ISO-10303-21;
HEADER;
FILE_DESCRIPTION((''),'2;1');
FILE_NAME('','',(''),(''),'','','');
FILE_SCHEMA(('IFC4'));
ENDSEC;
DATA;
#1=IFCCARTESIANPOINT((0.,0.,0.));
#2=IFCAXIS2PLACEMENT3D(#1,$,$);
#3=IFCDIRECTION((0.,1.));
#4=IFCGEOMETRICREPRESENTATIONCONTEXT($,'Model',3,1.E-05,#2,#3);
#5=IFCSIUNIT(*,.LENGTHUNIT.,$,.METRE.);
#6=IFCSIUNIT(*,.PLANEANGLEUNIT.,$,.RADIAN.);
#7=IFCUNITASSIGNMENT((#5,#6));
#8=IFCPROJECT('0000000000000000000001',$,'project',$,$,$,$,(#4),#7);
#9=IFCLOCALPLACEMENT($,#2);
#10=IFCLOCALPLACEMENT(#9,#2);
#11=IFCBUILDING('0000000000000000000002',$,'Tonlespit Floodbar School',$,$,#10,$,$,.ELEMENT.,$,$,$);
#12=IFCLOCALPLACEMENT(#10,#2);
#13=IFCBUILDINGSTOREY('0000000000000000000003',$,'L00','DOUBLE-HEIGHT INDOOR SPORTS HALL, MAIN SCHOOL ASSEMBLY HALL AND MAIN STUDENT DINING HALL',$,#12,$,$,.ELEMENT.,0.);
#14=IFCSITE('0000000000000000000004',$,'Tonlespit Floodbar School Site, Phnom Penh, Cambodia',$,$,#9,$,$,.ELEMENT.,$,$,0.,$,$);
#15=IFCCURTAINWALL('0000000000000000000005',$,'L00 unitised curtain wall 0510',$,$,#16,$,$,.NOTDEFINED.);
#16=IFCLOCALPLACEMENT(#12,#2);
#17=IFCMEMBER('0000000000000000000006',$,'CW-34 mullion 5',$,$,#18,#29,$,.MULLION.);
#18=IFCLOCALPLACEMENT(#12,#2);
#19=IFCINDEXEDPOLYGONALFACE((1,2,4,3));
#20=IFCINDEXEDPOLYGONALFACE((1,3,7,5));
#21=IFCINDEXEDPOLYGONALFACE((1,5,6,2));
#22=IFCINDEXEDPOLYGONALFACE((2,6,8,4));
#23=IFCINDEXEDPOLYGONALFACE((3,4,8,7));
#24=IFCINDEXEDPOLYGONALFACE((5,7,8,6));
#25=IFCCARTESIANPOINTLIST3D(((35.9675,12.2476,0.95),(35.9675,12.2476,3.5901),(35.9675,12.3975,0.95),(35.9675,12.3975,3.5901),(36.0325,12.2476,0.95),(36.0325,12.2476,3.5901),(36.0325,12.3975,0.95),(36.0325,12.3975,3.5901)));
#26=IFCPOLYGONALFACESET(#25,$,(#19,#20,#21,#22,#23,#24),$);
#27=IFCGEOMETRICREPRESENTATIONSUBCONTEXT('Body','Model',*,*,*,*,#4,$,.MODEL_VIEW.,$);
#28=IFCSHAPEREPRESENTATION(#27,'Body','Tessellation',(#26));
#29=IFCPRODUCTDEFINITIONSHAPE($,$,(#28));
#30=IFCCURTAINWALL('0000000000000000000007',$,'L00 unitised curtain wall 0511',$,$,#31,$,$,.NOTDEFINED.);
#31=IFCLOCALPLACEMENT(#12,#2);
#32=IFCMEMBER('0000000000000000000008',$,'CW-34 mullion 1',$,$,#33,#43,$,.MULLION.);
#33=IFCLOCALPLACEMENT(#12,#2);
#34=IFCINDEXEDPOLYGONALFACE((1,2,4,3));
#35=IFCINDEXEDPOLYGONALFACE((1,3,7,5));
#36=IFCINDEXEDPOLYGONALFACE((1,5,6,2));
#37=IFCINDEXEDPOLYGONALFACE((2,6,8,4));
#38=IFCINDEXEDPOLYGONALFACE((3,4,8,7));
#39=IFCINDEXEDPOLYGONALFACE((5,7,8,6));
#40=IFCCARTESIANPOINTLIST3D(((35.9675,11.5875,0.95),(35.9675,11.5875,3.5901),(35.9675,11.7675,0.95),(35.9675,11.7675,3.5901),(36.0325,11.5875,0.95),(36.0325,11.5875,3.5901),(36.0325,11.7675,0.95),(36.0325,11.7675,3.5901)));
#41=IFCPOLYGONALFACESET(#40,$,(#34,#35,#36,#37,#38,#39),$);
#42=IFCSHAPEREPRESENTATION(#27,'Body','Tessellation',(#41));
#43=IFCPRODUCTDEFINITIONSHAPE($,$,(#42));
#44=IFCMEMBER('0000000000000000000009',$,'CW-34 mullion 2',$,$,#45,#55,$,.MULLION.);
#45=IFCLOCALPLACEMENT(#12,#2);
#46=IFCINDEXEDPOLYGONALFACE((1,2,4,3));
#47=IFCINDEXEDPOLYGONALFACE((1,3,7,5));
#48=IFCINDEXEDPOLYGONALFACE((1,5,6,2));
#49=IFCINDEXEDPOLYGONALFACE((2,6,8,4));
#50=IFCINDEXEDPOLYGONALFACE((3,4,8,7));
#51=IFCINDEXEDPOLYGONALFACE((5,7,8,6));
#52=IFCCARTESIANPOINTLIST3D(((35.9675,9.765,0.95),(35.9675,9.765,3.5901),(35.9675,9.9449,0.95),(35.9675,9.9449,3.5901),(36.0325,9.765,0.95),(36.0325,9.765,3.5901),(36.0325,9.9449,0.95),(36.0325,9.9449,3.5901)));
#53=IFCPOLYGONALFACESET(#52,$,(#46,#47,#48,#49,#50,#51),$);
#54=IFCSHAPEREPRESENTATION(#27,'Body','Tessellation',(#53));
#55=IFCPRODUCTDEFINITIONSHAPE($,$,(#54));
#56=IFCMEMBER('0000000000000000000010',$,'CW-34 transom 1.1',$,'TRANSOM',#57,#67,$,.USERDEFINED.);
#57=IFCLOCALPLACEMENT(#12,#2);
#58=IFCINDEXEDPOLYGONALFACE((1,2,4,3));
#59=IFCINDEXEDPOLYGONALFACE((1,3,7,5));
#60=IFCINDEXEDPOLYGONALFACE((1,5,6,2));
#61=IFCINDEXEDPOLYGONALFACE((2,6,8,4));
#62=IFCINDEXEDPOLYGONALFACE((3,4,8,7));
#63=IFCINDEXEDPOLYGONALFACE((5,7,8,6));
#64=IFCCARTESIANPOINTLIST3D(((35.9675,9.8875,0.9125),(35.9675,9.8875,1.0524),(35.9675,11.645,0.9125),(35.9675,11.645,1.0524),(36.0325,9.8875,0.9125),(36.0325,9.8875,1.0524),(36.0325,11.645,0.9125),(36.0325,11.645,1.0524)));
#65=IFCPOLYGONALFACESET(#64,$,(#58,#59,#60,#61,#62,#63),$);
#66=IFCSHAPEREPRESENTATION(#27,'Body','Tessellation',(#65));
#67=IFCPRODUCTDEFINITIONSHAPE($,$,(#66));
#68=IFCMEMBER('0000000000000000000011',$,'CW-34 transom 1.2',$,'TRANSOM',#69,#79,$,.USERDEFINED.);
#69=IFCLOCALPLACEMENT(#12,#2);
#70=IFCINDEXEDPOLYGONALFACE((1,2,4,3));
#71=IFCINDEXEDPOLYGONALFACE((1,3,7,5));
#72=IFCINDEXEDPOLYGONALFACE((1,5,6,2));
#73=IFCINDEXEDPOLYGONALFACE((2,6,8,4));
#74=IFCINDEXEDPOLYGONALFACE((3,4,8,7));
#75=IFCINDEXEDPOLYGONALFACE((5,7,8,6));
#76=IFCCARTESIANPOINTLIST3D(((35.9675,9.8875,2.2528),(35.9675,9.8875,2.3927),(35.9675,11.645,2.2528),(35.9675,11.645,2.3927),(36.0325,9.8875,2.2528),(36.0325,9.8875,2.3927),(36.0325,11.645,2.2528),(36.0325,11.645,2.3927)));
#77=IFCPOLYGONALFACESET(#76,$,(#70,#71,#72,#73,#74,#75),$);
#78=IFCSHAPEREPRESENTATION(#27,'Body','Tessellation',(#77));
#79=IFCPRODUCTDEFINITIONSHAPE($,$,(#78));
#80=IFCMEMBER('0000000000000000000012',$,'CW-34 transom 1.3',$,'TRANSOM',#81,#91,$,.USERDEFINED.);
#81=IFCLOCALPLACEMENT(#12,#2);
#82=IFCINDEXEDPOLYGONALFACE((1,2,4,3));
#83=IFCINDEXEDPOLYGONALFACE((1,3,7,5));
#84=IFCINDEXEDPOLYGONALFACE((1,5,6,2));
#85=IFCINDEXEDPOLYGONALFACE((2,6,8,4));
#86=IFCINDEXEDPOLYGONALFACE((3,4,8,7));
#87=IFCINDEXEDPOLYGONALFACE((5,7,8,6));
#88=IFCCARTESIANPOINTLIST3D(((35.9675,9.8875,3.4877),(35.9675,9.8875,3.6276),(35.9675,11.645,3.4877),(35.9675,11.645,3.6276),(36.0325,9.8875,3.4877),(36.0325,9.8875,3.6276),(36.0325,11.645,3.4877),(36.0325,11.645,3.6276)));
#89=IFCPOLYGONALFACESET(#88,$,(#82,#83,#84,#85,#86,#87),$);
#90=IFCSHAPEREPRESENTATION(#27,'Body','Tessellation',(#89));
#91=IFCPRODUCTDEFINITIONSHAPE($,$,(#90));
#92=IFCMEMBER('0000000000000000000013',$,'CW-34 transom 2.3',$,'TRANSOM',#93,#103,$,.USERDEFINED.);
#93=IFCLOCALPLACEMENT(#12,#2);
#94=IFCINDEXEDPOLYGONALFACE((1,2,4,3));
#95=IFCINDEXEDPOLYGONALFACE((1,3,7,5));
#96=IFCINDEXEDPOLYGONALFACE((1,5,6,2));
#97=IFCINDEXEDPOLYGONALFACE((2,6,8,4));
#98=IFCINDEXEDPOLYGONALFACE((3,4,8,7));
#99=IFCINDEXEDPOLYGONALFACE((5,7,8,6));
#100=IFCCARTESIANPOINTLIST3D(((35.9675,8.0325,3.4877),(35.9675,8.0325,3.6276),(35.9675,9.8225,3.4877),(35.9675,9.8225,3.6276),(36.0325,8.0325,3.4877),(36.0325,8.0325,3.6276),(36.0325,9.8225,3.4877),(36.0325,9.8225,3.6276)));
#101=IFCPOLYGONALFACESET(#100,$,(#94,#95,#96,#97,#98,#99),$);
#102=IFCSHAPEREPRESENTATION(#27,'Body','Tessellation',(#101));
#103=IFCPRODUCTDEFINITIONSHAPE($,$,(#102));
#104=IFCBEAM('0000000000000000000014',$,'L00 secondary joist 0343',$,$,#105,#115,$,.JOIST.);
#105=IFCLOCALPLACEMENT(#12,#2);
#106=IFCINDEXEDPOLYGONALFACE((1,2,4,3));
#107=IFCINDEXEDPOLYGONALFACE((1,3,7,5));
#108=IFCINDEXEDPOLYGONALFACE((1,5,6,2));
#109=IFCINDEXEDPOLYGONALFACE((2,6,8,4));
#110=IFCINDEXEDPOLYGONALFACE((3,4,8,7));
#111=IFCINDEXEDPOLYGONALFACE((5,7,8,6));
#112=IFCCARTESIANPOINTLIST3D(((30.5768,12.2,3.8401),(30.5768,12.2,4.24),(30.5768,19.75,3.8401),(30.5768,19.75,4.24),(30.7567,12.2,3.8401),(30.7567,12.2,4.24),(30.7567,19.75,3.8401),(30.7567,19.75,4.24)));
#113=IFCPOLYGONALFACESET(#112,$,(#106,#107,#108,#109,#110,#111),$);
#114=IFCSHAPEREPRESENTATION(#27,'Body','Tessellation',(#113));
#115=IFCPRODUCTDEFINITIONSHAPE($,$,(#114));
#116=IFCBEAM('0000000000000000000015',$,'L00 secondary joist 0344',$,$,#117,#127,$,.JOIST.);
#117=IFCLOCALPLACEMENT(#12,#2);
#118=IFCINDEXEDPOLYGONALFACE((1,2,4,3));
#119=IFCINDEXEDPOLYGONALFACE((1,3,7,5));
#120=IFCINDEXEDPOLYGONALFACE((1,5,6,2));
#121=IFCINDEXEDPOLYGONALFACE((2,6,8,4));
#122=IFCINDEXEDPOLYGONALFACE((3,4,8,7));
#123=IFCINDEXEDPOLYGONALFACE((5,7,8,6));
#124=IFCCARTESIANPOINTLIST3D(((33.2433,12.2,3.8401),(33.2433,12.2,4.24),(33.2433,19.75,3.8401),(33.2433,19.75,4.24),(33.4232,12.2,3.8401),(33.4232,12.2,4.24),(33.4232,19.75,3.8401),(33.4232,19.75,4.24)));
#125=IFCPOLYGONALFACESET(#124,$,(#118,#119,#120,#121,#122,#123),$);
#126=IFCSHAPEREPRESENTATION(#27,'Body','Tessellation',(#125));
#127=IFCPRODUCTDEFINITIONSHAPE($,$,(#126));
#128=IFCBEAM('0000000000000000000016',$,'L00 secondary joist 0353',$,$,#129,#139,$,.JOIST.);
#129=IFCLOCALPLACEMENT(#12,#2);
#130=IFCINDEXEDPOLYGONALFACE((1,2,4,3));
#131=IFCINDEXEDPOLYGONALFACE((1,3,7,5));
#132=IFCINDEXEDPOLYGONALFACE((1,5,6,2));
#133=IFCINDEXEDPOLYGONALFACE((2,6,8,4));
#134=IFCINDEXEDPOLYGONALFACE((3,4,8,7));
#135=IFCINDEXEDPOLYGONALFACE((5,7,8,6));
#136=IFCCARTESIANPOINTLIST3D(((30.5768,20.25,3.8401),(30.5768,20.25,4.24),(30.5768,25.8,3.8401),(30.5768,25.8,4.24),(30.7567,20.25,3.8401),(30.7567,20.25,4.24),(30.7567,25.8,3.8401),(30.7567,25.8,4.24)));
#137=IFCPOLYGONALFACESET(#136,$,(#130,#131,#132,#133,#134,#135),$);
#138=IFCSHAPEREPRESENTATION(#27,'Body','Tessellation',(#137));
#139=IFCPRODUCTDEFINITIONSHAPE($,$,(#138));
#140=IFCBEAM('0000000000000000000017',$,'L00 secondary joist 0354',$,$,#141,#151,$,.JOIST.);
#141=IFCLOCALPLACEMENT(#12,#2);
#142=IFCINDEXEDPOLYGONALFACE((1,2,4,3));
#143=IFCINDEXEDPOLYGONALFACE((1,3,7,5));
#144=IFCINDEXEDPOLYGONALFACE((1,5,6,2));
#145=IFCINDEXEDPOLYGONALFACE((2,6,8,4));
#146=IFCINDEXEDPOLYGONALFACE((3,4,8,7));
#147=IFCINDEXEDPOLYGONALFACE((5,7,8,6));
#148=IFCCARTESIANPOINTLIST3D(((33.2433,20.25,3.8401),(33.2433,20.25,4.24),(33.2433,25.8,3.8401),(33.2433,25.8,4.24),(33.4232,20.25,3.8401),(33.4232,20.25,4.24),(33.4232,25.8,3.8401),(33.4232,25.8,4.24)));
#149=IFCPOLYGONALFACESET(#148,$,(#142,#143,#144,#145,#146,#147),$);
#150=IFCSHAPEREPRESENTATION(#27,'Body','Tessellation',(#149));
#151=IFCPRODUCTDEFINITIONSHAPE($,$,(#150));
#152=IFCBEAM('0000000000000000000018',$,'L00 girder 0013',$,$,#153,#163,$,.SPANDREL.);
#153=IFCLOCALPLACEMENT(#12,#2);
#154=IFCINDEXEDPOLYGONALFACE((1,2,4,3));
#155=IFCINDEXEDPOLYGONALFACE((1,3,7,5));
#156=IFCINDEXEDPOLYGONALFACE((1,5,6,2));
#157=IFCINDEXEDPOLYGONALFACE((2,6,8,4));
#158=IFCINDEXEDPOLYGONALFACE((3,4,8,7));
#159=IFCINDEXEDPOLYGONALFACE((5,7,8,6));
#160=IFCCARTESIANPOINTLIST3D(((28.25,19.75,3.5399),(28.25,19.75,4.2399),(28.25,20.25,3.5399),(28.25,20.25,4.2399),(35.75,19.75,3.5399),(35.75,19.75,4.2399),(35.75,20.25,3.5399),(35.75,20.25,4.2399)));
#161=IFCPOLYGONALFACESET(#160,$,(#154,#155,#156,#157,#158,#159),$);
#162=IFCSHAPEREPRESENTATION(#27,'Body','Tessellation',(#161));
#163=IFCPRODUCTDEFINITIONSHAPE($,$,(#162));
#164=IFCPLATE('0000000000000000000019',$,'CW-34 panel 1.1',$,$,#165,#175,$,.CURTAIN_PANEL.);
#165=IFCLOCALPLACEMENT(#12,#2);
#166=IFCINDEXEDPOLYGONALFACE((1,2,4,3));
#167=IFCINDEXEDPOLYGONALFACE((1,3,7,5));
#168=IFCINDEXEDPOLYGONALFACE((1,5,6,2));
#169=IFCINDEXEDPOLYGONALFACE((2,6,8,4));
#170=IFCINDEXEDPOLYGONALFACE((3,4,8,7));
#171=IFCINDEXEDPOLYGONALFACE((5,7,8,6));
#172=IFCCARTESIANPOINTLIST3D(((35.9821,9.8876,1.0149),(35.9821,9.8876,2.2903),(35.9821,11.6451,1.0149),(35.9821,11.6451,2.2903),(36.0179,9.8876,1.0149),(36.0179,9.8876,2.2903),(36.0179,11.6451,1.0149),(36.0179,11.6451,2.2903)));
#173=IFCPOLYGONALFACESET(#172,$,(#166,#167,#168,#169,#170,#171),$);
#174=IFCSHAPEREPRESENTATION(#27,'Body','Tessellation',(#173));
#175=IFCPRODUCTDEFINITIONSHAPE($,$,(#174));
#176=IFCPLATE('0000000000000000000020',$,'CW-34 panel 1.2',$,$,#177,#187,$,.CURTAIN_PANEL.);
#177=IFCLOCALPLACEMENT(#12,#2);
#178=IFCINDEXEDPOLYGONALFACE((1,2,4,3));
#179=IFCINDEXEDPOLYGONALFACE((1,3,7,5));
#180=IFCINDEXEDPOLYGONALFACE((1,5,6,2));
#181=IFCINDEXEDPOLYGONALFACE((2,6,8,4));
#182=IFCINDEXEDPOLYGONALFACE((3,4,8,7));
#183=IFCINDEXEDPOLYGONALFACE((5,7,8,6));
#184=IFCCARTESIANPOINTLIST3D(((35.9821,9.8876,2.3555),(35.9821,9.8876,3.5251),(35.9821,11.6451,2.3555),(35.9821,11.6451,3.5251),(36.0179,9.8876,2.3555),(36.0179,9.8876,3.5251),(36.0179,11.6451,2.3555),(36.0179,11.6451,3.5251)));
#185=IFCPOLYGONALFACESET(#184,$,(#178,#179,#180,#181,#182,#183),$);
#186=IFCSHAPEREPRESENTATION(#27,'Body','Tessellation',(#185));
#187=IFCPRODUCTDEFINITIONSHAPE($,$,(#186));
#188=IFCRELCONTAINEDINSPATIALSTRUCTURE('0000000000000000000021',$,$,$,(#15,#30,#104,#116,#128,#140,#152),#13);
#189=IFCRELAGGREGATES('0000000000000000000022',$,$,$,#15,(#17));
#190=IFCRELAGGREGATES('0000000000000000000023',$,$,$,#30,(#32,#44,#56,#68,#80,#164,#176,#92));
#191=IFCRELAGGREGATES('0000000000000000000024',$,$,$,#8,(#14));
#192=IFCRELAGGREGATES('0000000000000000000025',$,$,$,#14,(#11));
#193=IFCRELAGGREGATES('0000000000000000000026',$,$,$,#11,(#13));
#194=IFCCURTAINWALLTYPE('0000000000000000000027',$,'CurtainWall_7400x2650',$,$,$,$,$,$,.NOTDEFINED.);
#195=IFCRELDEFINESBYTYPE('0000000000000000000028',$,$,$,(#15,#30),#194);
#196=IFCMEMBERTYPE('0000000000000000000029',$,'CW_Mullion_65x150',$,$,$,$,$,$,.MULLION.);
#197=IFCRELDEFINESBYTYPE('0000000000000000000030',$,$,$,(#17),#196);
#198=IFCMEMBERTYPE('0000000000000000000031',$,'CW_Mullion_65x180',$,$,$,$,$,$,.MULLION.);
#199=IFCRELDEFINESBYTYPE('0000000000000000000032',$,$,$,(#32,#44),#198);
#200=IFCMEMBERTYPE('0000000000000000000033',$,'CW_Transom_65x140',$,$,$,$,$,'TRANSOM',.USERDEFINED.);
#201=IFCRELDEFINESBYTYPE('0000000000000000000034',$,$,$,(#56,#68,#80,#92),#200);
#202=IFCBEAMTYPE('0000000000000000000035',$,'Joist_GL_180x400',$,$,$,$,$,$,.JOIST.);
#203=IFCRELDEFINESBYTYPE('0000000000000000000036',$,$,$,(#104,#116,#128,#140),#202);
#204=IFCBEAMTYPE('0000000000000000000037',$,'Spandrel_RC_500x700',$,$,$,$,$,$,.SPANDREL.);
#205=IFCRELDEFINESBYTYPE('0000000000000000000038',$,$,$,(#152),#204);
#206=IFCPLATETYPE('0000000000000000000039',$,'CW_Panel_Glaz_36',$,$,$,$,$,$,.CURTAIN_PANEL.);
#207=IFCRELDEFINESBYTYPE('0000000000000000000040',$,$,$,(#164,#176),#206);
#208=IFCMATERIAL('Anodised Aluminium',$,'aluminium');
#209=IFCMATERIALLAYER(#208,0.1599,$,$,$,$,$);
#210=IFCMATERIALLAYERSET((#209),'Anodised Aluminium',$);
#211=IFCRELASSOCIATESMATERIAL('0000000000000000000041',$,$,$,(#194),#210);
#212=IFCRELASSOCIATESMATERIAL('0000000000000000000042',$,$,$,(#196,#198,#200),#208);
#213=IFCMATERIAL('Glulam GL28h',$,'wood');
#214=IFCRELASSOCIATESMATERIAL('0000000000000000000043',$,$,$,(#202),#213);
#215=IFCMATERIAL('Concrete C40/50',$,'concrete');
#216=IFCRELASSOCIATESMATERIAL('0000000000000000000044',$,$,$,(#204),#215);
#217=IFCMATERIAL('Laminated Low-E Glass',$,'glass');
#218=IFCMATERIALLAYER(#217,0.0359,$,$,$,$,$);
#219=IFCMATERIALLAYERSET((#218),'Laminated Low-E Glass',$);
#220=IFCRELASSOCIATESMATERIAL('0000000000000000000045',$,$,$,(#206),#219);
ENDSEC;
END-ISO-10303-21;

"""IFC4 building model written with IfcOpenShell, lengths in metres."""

from ifc_helpers import new_model, si_unit, direction, frame, origin, origin_2d, place, context, subcontext, project, spatial, rectangle, extrude, material, layer, layer_set, material_profile, profile_set, type_object, element, aggregate, save


model = new_model("IFC4")

# Units and contexts
model_context = context("Model", 3, precision=1e-05, world=origin(), true_north=direction((0.0, 1.0)))
body_context = subcontext(model_context, "Body", "Model", "MODEL_VIEW")
ifc_project = project(units=[si_unit("LENGTHUNIT", "METRE"), si_unit("PLANEANGLEUNIT", "RADIAN")], contexts=[model_context])

# Site, building, storey
site_placement = place(None, origin())
site = spatial("IfcSite", under=ifc_project, at=site_placement, Name="Tonlespit Floodbar School Site, Phnom Penh, Cambodia", CompositionType="ELEMENT", RefElevation=0.0)
building_placement = place(site_placement, origin())
building = spatial("IfcBuilding", under=site, at=building_placement, Name="Tonlespit Floodbar School", CompositionType="ELEMENT")
storey_placement = place(building_placement, origin())
storey = spatial("IfcBuildingStorey", under=building, at=storey_placement, Name="L00", Description="DOUBLE-HEIGHT INDOOR SPORTS HALL, MAIN SCHOOL ASSEMBLY HALL AND MAIN STUDENT DINING HALL", CompositionType="ELEMENT", Elevation=0.0)

# Shared definitions
ifc_material_1 = material(Name="Concrete C40/50", Category="concrete")

# Curtain wall, member
ifc_material_2 = material(Name="Anodised Aluminium", Category="aluminium")
ifc_layer_1 = layer(ifc_material_2, 0.1599)
ifc_layer_set_1 = layer_set([ifc_layer_1], Name="Anodised Aluminium")
curtain_wall_type = type_object("IfcCurtainWallType", Name="CurtainWall_7400x2650", PredefinedType="NOTDEFINED", material=ifc_layer_set_1)
curtain_wall_1_placement = place(storey_placement, origin())
curtain_wall_1 = element("IfcCurtainWall", 1, at=curtain_wall_1_placement, inside=storey, type_object=curtain_wall_type, Name="L00 unitised curtain wall 0510", PredefinedType="NOTDEFINED")
ifc_material_profile_1 = material_profile(ifc_material_2, rectangle(XDim=0.0649, YDim=0.1499, at=origin_2d()), Name="ALU M65x150")
ifc_profile_set_1 = profile_set([ifc_material_profile_1], Name="Anodised Aluminium")
member_type_1 = type_object("IfcMemberType", Name="CW_Mullion_65x150", PredefinedType="MULLION", material=ifc_profile_set_1)
member_1_placement = place(storey_placement, frame((36.0, 12.3225, 0.95), z_axis=(0.0, 0.0, 1.0), x_axis=(1.0, 0.0, 0.0)))
member_1 = element("IfcMember", 2, at=member_1_placement, type_object=member_type_1, Name="CW-34 mullion 5", PredefinedType="MULLION", context=body_context, shape_type="SweptSolid", body=[
    extrude(rectangle(XDim=0.0649, YDim=0.1499, at=origin_2d()), origin(), (0.0, 0.0, 1.0), 2.6401),
])
aggregate(curtain_wall_1, [member_1])

# Curtain wall, members
curtain_wall_2_placement = place(storey_placement, origin())
curtain_wall_2 = element("IfcCurtainWall", 3, at=curtain_wall_2_placement, inside=storey, type_object=curtain_wall_type, Name="L00 unitised curtain wall 0511", PredefinedType="NOTDEFINED")
ifc_material_profile_2 = material_profile(ifc_material_2, rectangle(XDim=0.0649, YDim=0.1799, at=origin_2d()), Name="ALU M65x180")
ifc_profile_set_2 = profile_set([ifc_material_profile_2], Name="Anodised Aluminium")
member_type_2 = type_object("IfcMemberType", Name="CW_Mullion_65x180", PredefinedType="MULLION", material=ifc_profile_set_2)
member_2_placement = place(storey_placement, frame((36.0, 11.6775, 0.95), z_axis=(0.0, 0.0, 1.0), x_axis=(1.0, 0.0, 0.0)))
member_2 = element("IfcMember", 4, at=member_2_placement, type_object=member_type_2, Name="CW-34 mullion 1", PredefinedType="MULLION", context=body_context, shape_type="SweptSolid", body=[
    extrude(rectangle(XDim=0.0649, YDim=0.1799, at=origin_2d()), origin(), (0.0, 0.0, 1.0), 2.6401),
])
member_3_placement = place(storey_placement, frame((36.0, 9.855, 0.95), z_axis=(0.0, 0.0, 1.0), x_axis=(1.0, 0.0, 0.0)))
member_3 = element("IfcMember", 5, at=member_3_placement, type_object=member_type_2, Name="CW-34 mullion 2", PredefinedType="MULLION", context=body_context, shape_type="SweptSolid", body=[
    extrude(rectangle(XDim=0.0649, YDim=0.1799, at=origin_2d()), origin(), (0.0, 0.0, 1.0), 2.6401),
])
ifc_material_profile_3 = material_profile(ifc_material_2, rectangle(XDim=0.0649, YDim=0.1399, at=origin_2d()), Name="ALU T65x140")
ifc_profile_set_3 = profile_set([ifc_material_profile_3], Name="Anodised Aluminium")
member_type_3 = type_object("IfcMemberType", Name="CW_Transom_65x140", ElementType="TRANSOM", PredefinedType="USERDEFINED", material=ifc_profile_set_3)
member_4_placement = place(storey_placement, frame((36.0, 11.645, 0.9824), z_axis=(0.0, -1.0, 0.0), x_axis=(1.0, 0.0, 0.0)))
member_4 = element("IfcMember", 6, at=member_4_placement, type_object=member_type_3, Name="CW-34 transom 1.1", ObjectType="TRANSOM", PredefinedType="USERDEFINED", context=body_context, shape_type="SweptSolid", body=[
    extrude(rectangle(XDim=0.0649, YDim=0.1399, at=origin_2d()), origin(), (0.0, 0.0, 1.0), 1.7576),
])
member_5_placement = place(storey_placement, frame((36.0, 11.645, 2.3228), z_axis=(0.0, -1.0, 0.0), x_axis=(1.0, 0.0, 0.0)))
member_5 = element("IfcMember", 7, at=member_5_placement, type_object=member_type_3, Name="CW-34 transom 1.2", ObjectType="TRANSOM", PredefinedType="USERDEFINED", context=body_context, shape_type="SweptSolid", body=[
    extrude(rectangle(XDim=0.0649, YDim=0.1399, at=origin_2d()), origin(), (0.0, 0.0, 1.0), 1.7576),
])
member_6_placement = place(storey_placement, frame((36.0, 11.645, 3.5576), z_axis=(0.0, -1.0, 0.0), x_axis=(1.0, 0.0, 0.0)))
member_6 = element("IfcMember", 8, at=member_6_placement, type_object=member_type_3, Name="CW-34 transom 1.3", ObjectType="TRANSOM", PredefinedType="USERDEFINED", context=body_context, shape_type="SweptSolid", body=[
    extrude(rectangle(XDim=0.0649, YDim=0.1399, at=origin_2d()), origin(), (0.0, 0.0, 1.0), 1.7576),
])
member_7_placement = place(storey_placement, frame((36.0, 9.8225, 3.5576), z_axis=(0.0, -1.0, 0.0), x_axis=(1.0, 0.0, 0.0)))
member_7 = element("IfcMember", 9, at=member_7_placement, type_object=member_type_3, Name="CW-34 transom 2.3", ObjectType="TRANSOM", PredefinedType="USERDEFINED", context=body_context, shape_type="SweptSolid", body=[
    extrude(rectangle(XDim=0.0649, YDim=0.1399, at=origin_2d()), origin(), (0.0, 0.0, 1.0), 1.79),
])

# Beams
ifc_material_3 = material(Name="Glulam GL28h", Category="wood")
ifc_material_profile_4 = material_profile(ifc_material_3, rectangle(XDim=0.1799, YDim=0.3999, at=origin_2d()), Name="GL 180x400")
ifc_profile_set_4 = profile_set([ifc_material_profile_4], Name="Glulam GL28h")
beam_type_1 = type_object("IfcBeamType", Name="Joist_GL_180x400", PredefinedType="JOIST", material=ifc_profile_set_4)
for number, where, z_axis, x_axis, name in (
    (10, (30.6667, 12.2, 4.04), (0.0, 1.0, 0.0), (-1.0, 0.0, 0.0), "L00 secondary joist 0343"),
    (11, (33.3333, 12.2, 4.04), (0.0, 1.0, 0.0), (-1.0, 0.0, 0.0), "L00 secondary joist 0344"),
):
    element("IfcBeam", number, at=place(storey_placement, frame(where, z_axis=z_axis, x_axis=x_axis)), inside=storey, type_object=beam_type_1, Name=name, PredefinedType="JOIST", context=body_context, shape_type="SweptSolid", body=[
        extrude(rectangle(XDim=0.1799, YDim=0.3999, at=origin_2d()), origin(), (0.0, 0.0, 1.0), 7.55),
    ])
for number, where, z_axis, x_axis, name in (
    (12, (30.6667, 20.25, 4.04), (0.0, 1.0, 0.0), (-1.0, 0.0, 0.0), "L00 secondary joist 0353"),
    (13, (33.3333, 20.25, 4.04), (0.0, 1.0, 0.0), (-1.0, 0.0, 0.0), "L00 secondary joist 0354"),
):
    element("IfcBeam", number, at=place(storey_placement, frame(where, z_axis=z_axis, x_axis=x_axis)), inside=storey, type_object=beam_type_1, Name=name, PredefinedType="JOIST", context=body_context, shape_type="SweptSolid", body=[
        extrude(rectangle(XDim=0.1799, YDim=0.3999, at=origin_2d()), origin(), (0.0, 0.0, 1.0), 5.55),
    ])
ifc_material_profile_5 = material_profile(ifc_material_1, rectangle(XDim=0.5, YDim=0.7, at=origin_2d()), Name="RC 500x700")
ifc_profile_set_5 = profile_set([ifc_material_profile_5], Name="Concrete C40/50")
beam_type_2 = type_object("IfcBeamType", Name="Spandrel_RC_500x700", PredefinedType="SPANDREL", material=ifc_profile_set_5)
beam_1_placement = place(storey_placement, frame((28.25, 20.0, 3.8899), z_axis=(1.0, 0.0, 0.0), x_axis=(0.0, 1.0, 0.0)))
element("IfcBeam", 14, at=beam_1_placement, inside=storey, type_object=beam_type_2, Name="L00 girder 0013", PredefinedType="SPANDREL", context=body_context, shape_type="SweptSolid", body=[
    extrude(rectangle(XDim=0.5, YDim=0.7, at=origin_2d()), origin(), (0.0, 0.0, 1.0), 7.5),
])

# Plates
ifc_material_4 = material(Name="Laminated Low-E Glass", Category="glass")
ifc_layer_2 = layer(ifc_material_4, 0.0359)
ifc_layer_set_2 = layer_set([ifc_layer_2], Name="Laminated Low-E Glass")
plate_type = type_object("IfcPlateType", Name="CW_Panel_Glaz_36", PredefinedType="CURTAIN_PANEL", material=ifc_layer_set_2)
plate_1_placement = place(storey_placement, frame((36.0, 10.7664, 1.0149), z_axis=(0.0, 0.0, 1.0), x_axis=(0.0, -1.0, 0.0)))
plate_1 = element("IfcPlate", 15, at=plate_1_placement, type_object=plate_type, Name="CW-34 panel 1.1", PredefinedType="CURTAIN_PANEL", context=body_context, shape_type="SweptSolid", body=[
    extrude(rectangle(XDim=1.7576, YDim=0.0359, at=origin_2d()), origin(), (0.0, 0.0, 1.0), 1.2754),
])
plate_2_placement = place(storey_placement, frame((36.0, 10.7664, 2.3555), z_axis=(0.0, 0.0, 1.0), x_axis=(0.0, -1.0, 0.0)))
plate_2 = element("IfcPlate", 16, at=plate_2_placement, type_object=plate_type, Name="CW-34 panel 1.2", PredefinedType="CURTAIN_PANEL", context=body_context, shape_type="SweptSolid", body=[
    extrude(rectangle(XDim=1.7576, YDim=0.0359, at=origin_2d()), origin(), (0.0, 0.0, 1.0), 1.1697),
])
aggregate(curtain_wall_2, [member_2, member_3, member_4, member_5, member_6, plate_1, plate_2, member_7])

save(model, "model.ifc")
